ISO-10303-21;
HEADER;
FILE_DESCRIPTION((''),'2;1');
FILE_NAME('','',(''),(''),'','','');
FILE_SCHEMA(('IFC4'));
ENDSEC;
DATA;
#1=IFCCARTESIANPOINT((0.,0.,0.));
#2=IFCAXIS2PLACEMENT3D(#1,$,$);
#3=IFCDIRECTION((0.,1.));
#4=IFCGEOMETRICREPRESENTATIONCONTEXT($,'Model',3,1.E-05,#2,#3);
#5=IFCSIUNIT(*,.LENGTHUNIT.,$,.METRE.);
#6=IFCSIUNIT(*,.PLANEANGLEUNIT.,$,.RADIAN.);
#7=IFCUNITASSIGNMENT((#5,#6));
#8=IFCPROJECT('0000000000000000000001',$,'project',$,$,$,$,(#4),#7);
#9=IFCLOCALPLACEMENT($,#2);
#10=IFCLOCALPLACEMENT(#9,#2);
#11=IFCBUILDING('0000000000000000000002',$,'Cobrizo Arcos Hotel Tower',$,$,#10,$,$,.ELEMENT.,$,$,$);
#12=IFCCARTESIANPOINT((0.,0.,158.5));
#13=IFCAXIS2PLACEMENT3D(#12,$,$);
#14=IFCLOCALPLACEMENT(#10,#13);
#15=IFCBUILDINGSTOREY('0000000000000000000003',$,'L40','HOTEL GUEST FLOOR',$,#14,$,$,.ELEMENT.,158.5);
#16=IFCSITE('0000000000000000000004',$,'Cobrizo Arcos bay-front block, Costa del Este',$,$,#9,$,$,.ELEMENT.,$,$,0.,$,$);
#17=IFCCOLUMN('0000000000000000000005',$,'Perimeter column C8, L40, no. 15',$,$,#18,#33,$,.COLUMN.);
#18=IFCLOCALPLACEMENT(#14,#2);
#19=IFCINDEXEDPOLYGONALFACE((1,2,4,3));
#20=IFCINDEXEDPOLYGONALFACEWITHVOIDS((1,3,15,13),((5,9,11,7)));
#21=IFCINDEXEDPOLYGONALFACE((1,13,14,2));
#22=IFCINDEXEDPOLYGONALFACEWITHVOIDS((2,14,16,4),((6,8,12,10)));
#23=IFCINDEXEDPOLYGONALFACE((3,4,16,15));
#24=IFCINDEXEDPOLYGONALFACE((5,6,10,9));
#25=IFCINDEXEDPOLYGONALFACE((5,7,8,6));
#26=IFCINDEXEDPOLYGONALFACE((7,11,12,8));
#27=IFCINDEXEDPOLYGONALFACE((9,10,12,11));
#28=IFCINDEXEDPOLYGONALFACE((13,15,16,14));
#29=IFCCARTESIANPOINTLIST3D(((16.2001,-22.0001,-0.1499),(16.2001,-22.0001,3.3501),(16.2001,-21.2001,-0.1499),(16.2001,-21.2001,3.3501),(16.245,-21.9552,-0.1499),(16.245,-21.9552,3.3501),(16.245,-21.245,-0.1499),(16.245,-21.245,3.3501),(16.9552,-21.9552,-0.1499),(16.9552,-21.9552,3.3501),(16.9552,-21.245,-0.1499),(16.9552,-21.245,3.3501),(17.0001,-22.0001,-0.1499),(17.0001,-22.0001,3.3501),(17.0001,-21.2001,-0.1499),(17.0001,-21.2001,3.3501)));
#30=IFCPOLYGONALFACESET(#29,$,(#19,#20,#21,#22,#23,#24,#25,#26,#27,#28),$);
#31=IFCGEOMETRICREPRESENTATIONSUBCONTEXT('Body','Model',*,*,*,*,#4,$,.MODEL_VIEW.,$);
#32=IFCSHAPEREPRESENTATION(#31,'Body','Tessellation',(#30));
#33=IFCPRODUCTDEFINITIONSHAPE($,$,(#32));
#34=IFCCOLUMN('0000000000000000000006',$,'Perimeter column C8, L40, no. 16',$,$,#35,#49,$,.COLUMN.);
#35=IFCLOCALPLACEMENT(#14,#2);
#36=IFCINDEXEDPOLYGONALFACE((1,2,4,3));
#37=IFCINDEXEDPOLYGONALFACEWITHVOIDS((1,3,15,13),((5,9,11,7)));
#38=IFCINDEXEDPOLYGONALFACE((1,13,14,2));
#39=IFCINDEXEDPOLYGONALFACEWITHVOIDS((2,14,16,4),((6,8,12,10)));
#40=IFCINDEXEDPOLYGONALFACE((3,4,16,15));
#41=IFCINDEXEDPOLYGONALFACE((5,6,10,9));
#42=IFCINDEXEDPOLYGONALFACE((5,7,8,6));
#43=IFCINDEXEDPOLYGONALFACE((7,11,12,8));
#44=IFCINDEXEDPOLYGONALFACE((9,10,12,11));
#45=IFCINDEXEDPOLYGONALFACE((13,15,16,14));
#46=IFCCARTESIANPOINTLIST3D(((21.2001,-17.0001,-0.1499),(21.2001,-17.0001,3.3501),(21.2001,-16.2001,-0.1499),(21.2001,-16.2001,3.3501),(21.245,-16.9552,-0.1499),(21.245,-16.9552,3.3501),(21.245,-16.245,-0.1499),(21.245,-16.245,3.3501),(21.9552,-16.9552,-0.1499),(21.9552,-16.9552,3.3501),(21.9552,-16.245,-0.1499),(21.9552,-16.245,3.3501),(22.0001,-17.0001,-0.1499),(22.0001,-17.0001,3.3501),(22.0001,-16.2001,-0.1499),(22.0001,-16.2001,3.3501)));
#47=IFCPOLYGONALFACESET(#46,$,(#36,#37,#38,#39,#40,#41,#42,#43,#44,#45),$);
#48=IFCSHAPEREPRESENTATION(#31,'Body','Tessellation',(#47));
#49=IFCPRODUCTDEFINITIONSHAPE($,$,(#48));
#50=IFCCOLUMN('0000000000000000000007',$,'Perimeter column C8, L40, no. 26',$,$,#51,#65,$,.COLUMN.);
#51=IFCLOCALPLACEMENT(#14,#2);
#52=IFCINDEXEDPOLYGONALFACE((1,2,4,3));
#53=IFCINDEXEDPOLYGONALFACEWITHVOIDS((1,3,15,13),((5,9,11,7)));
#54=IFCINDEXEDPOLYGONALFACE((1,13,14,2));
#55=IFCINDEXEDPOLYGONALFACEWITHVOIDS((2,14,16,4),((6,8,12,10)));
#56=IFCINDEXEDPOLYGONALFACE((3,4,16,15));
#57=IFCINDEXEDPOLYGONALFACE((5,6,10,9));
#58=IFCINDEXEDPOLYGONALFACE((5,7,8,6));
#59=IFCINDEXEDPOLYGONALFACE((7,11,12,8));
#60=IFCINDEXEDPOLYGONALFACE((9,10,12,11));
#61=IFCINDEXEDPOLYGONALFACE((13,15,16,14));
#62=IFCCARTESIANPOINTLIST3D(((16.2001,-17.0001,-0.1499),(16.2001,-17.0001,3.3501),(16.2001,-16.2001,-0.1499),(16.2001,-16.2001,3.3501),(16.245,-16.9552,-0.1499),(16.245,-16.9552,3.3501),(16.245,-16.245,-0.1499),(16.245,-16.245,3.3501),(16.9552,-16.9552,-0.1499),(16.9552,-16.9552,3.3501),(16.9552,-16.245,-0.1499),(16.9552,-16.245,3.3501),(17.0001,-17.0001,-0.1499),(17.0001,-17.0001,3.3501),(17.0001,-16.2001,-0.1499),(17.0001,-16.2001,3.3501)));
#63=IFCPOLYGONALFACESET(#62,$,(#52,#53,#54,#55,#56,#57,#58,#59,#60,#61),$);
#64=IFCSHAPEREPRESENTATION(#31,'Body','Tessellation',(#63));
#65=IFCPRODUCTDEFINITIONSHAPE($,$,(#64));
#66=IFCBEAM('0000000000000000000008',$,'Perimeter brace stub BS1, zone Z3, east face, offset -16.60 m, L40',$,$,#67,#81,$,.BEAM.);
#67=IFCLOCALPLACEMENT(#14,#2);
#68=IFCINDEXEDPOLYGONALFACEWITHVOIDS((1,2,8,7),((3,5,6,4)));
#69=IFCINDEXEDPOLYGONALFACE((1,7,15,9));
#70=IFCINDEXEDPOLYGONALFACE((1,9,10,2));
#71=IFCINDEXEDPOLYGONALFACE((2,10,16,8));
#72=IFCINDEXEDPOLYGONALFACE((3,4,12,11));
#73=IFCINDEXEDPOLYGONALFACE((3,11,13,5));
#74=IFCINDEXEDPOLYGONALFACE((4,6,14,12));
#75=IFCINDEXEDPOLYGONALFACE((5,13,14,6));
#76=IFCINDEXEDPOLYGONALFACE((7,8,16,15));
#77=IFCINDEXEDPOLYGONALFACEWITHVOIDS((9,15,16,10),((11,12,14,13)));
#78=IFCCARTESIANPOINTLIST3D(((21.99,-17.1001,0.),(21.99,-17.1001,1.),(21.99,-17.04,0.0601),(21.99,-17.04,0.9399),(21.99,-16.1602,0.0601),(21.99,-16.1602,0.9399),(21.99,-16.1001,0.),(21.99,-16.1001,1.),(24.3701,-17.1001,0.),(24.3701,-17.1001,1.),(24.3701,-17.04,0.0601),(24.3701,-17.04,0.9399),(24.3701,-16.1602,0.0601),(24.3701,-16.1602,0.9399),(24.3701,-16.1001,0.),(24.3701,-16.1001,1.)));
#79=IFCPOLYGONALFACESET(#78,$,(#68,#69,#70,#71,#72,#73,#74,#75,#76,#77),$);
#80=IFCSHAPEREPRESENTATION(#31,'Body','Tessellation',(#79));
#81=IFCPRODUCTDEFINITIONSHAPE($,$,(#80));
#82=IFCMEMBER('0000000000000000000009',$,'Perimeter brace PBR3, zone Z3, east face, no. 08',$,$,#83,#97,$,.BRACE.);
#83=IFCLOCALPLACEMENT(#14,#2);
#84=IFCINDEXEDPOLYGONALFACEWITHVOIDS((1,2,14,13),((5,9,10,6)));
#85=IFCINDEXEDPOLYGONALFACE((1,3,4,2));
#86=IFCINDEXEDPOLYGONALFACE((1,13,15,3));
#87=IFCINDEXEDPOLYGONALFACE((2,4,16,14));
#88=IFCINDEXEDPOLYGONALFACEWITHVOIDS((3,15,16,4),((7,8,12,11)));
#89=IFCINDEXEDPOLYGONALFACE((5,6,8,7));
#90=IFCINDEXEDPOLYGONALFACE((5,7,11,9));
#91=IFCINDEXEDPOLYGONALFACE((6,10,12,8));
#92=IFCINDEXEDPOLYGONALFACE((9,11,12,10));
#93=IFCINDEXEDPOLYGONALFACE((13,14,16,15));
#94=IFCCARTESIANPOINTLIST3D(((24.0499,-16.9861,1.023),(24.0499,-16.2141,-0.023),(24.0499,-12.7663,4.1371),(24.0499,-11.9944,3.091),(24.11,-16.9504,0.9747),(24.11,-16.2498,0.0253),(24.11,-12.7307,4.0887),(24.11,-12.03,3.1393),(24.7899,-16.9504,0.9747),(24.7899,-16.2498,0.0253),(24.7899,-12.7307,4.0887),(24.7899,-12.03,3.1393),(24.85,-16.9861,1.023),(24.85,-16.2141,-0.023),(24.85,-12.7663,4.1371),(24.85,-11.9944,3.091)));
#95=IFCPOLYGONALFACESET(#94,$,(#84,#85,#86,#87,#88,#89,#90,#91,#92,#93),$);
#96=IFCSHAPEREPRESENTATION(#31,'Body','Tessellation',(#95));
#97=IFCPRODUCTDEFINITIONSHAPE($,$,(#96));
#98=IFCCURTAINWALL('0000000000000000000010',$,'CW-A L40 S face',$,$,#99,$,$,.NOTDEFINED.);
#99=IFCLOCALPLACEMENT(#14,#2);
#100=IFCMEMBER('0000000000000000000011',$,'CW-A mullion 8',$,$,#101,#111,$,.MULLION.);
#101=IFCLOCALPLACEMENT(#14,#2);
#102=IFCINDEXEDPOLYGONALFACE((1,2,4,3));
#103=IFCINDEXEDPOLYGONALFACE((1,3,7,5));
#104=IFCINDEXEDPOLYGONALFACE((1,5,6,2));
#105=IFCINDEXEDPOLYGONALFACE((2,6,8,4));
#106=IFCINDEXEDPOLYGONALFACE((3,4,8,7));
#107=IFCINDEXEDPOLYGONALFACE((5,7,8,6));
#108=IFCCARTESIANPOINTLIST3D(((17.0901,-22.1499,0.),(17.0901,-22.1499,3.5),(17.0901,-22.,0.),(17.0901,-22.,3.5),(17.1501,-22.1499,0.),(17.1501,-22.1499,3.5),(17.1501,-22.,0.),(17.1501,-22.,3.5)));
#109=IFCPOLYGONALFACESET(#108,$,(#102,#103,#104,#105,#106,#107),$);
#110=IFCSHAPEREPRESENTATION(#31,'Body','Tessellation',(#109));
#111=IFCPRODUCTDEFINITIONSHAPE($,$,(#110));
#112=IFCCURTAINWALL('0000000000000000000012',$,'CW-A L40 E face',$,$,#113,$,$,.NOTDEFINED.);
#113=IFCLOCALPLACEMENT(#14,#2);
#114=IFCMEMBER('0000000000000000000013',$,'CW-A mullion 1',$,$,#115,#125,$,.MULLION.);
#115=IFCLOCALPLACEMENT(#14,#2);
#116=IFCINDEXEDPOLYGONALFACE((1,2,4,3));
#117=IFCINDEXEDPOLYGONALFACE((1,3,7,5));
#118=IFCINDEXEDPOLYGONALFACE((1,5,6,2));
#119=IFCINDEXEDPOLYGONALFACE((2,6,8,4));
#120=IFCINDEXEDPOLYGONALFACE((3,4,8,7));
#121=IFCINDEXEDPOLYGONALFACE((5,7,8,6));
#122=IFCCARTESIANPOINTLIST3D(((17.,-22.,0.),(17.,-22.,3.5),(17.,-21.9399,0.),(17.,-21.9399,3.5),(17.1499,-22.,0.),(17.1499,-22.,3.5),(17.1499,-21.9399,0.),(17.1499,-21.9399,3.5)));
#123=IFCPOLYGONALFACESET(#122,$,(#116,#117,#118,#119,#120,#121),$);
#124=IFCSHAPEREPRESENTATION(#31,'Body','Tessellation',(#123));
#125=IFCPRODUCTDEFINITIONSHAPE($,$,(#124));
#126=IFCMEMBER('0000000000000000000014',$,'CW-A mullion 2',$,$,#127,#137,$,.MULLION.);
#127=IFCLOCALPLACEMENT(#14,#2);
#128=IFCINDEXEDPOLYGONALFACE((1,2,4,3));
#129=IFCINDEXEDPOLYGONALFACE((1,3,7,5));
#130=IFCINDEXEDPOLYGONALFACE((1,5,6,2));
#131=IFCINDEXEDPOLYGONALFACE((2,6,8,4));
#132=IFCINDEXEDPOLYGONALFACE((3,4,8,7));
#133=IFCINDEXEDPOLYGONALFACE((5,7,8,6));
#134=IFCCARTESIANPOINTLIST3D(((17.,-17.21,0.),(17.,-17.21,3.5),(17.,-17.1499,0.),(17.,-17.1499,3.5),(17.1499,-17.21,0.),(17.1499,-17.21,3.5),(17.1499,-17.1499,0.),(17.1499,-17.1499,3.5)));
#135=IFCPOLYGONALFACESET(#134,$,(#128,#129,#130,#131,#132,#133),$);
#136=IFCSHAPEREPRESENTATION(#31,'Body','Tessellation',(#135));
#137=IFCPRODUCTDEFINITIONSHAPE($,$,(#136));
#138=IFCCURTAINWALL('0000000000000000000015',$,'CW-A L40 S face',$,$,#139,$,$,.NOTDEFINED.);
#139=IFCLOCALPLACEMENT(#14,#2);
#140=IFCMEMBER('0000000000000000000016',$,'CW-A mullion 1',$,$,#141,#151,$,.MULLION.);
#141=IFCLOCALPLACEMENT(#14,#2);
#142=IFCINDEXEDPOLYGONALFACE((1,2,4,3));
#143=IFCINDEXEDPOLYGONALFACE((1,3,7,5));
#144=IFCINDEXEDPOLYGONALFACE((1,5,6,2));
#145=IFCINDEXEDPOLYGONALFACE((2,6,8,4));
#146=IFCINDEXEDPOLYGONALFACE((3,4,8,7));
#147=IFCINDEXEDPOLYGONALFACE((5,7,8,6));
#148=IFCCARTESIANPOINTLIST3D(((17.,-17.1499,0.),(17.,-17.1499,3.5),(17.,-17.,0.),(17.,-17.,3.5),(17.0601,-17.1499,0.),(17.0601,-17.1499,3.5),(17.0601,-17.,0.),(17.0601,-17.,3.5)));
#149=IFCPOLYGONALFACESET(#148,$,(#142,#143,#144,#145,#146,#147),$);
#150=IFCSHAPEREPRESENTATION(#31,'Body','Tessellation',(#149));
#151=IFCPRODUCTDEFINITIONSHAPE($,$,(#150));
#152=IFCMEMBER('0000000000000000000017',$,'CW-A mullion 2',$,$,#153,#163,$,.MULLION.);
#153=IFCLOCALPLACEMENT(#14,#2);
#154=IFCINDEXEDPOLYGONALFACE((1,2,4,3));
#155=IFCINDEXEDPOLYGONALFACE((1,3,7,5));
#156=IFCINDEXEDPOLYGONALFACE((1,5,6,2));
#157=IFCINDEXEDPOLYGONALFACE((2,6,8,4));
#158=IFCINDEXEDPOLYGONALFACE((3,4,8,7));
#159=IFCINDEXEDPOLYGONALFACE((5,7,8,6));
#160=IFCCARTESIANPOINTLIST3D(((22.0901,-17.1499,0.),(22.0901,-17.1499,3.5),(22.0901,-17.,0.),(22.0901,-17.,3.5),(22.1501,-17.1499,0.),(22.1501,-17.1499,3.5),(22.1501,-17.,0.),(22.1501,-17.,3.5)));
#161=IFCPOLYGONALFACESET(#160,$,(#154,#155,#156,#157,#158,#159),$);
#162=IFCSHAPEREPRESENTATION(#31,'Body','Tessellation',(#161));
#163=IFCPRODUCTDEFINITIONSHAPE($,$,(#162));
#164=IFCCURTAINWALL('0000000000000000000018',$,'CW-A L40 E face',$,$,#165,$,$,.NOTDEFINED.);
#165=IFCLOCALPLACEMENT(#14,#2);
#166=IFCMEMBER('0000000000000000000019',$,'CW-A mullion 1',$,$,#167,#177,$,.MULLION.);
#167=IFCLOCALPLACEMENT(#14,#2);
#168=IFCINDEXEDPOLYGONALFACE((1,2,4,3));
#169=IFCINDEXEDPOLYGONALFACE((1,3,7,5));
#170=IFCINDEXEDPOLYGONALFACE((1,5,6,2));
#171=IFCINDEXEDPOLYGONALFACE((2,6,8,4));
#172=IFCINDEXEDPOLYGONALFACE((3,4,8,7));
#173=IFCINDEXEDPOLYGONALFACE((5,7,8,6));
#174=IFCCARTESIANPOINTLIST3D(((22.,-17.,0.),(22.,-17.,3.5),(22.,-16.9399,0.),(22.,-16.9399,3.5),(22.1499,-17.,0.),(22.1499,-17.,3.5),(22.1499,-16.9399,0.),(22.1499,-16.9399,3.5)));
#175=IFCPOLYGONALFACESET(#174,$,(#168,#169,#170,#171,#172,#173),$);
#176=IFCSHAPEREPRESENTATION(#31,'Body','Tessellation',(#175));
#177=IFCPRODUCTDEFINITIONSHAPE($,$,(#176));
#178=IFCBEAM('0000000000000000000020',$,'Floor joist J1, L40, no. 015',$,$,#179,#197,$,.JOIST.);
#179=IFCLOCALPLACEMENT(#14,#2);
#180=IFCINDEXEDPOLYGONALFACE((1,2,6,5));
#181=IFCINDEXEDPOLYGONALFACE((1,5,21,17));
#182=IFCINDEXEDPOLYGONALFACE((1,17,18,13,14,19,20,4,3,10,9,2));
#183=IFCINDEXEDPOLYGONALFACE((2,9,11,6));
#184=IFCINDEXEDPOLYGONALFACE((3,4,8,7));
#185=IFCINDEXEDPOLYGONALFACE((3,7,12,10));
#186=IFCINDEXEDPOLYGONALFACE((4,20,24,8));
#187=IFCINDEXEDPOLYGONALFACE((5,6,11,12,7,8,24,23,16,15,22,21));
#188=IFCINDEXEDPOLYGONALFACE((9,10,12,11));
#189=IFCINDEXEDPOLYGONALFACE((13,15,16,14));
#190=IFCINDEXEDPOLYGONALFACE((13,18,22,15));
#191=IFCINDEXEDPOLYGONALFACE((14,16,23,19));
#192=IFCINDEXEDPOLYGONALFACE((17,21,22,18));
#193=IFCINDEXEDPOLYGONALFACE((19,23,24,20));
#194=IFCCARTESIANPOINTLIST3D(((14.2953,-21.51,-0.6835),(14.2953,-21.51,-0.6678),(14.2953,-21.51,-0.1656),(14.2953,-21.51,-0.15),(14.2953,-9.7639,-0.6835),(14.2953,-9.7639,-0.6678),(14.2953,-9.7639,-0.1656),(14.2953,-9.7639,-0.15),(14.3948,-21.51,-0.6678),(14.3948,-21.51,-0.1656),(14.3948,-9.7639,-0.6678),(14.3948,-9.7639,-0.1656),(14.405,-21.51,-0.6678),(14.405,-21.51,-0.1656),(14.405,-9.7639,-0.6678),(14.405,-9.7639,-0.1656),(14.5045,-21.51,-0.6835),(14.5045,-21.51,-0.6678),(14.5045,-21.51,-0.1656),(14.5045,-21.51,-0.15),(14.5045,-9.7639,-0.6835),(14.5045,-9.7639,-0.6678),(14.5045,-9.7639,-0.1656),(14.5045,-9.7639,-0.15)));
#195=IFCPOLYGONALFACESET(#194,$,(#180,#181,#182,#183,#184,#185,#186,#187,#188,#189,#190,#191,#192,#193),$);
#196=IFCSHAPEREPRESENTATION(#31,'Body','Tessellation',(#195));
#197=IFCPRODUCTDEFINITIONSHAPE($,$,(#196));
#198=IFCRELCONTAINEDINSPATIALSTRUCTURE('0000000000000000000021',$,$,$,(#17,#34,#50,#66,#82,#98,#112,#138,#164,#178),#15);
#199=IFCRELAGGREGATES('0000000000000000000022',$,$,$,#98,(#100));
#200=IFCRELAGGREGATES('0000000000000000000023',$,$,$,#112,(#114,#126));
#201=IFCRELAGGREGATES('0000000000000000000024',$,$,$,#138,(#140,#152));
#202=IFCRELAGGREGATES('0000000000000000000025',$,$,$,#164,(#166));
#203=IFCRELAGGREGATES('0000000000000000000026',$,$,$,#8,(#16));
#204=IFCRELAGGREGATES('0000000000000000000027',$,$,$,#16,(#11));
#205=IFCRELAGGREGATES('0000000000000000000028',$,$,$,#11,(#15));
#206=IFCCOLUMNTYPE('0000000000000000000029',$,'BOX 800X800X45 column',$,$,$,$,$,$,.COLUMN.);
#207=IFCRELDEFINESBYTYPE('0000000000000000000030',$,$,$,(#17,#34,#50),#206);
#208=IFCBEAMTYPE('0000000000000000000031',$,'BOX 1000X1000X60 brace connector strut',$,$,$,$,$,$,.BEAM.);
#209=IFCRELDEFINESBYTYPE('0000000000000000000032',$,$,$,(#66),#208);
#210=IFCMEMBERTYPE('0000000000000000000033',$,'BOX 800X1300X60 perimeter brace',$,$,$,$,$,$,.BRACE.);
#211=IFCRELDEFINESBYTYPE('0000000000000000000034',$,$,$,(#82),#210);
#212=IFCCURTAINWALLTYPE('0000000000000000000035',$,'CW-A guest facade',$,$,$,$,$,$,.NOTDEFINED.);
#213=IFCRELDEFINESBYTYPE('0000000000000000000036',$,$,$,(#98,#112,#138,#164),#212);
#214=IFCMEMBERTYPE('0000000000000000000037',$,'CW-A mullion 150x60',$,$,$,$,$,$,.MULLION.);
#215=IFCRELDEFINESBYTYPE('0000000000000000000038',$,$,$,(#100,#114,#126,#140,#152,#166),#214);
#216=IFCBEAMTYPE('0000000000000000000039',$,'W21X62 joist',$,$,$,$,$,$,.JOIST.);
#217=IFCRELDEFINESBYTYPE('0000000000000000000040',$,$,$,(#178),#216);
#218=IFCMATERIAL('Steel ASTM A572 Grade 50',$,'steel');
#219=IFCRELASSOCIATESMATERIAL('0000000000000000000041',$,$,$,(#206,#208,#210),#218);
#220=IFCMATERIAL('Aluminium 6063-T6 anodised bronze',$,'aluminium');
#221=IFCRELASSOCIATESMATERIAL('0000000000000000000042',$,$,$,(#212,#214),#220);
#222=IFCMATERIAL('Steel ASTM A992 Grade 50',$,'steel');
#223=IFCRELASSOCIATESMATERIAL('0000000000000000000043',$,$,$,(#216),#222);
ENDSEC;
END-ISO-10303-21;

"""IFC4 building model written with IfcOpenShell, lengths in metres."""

from ifc_helpers import new_model, si_unit, direction, frame, origin, origin_2d, place, context, subcontext, project, spatial, rectangle, hollow_rectangle, i_section, extrude, material, material_profile, profile_set, type_object, element, aggregate, save


model = new_model("IFC4")

# Units and contexts
model_context = context("Model", 3, precision=1e-05, world=origin(), true_north=direction((0.0, 1.0)))
body_context = subcontext(model_context, "Body", "Model", "MODEL_VIEW")
ifc_project = project(units=[si_unit("LENGTHUNIT", "METRE"), si_unit("PLANEANGLEUNIT", "RADIAN")], contexts=[model_context])

# Site, building, storey
site_placement = place(None, origin())
site = spatial("IfcSite", under=ifc_project, at=site_placement, Name="Cobrizo Arcos bay-front block, Costa del Este", CompositionType="ELEMENT", RefElevation=0.0)
building_placement = place(site_placement, origin())
building = spatial("IfcBuilding", under=site, at=building_placement, Name="Cobrizo Arcos Hotel Tower", CompositionType="ELEMENT")
storey_placement = place(building_placement, frame((0.0, 0.0, 158.5)))
storey = spatial("IfcBuildingStorey", under=building, at=storey_placement, Name="L40", Description="HOTEL GUEST FLOOR", CompositionType="ELEMENT", Elevation=158.5)

# Columns
ifc_material_1 = material(Name="Steel ASTM A572 Grade 50", Category="steel")
ifc_material_profile_1 = material_profile(ifc_material_1, hollow_rectangle(XDim=0.8, YDim=0.8, WallThickness=0.0449, at=origin_2d()), Name="BOX 800X800X45")
ifc_profile_set_1 = profile_set([ifc_material_profile_1], Name="Steel ASTM A572 Grade 50")
column_type = type_object("IfcColumnType", Name="BOX 800X800X45 column", PredefinedType="COLUMN", material=ifc_profile_set_1)
for number, where, z_axis, x_axis, name in (
    (1, (16.6001, -21.6001, -0.1499), (0.0, 0.0, 1.0), (1.0, 0.0, 0.0), "Perimeter column C8, L40, no. 15"),
    (2, (21.6001, -16.6001, -0.1499), (0.0, 0.0, 1.0), (1.0, 0.0, 0.0), "Perimeter column C8, L40, no. 16"),
    (3, (16.6001, -16.6001, -0.1499), (0.0, 0.0, 1.0), (1.0, 0.0, 0.0), "Perimeter column C8, L40, no. 26"),
):
    element("IfcColumn", number, at=place(storey_placement, frame(where, z_axis=z_axis, x_axis=x_axis)), inside=storey, type_object=column_type, Name=name, PredefinedType="COLUMN", context=body_context, shape_type="SweptSolid", body=[
        extrude(hollow_rectangle(XDim=0.8, YDim=0.8, WallThickness=0.0449, at=origin_2d()), origin(), (0.0, 0.0, 1.0), 3.5),
    ])

# Beam
ifc_material_profile_2 = material_profile(ifc_material_1, hollow_rectangle(XDim=1.0, YDim=1.0, WallThickness=0.0601, at=origin_2d()), Name="BOX 1000X1000X60")
ifc_profile_set_2 = profile_set([ifc_material_profile_2], Name="Steel ASTM A572 Grade 50")
beam_type_1 = type_object("IfcBeamType", Name="BOX 1000X1000X60 brace connector strut", PredefinedType="BEAM", material=ifc_profile_set_2)
beam_1_placement = place(storey_placement, frame((21.99, -16.6001, 0.5), z_axis=(1.0, 0.0, 0.0), x_axis=(0.0, 1.0, 0.0)))
element("IfcBeam", 4, at=beam_1_placement, inside=storey, type_object=beam_type_1, Name="Perimeter brace stub BS1, zone Z3, east face, offset -16.60 m, L40", PredefinedType="BEAM", context=body_context, shape_type="SweptSolid", body=[
    extrude(hollow_rectangle(XDim=1.0, YDim=1.0, WallThickness=0.0601, at=origin_2d()), origin(), (0.0, 0.0, 1.0), 2.3801),
])

# Member
ifc_material_profile_3 = material_profile(ifc_material_1, hollow_rectangle(XDim=0.8, YDim=1.3, WallThickness=0.0601, at=origin_2d()), Name="BOX 800X1300X60")
ifc_profile_set_3 = profile_set([ifc_material_profile_3], Name="Steel ASTM A572 Grade 50")
member_type_1 = type_object("IfcMemberType", Name="BOX 800X1300X60 perimeter brace", PredefinedType="BRACE", material=ifc_profile_set_3)
member_1_placement = place(storey_placement, frame((24.45, -16.6001, 0.5), z_axis=(0.0, 0.804624, 0.593785), x_axis=(-1.0, 0.0, 0.0)))
element("IfcMember", 5, at=member_1_placement, inside=storey, type_object=member_type_1, Name="Perimeter brace PBR3, zone Z3, east face, no. 08", PredefinedType="BRACE", context=body_context, shape_type="SweptSolid", body=[
    extrude(hollow_rectangle(XDim=0.8, YDim=1.3, WallThickness=0.0601, at=origin_2d()), origin(), (0.0, 0.0, 1.0), 5.2444),
])

# Curtain wall, member
ifc_material_2 = material(Name="Aluminium 6063-T6 anodised bronze", Category="aluminium")
curtain_wall_type = type_object("IfcCurtainWallType", Name="CW-A guest facade", PredefinedType="NOTDEFINED", material=ifc_material_2)
curtain_wall_1_placement = place(storey_placement, origin())
curtain_wall_1 = element("IfcCurtainWall", 6, at=curtain_wall_1_placement, inside=storey, type_object=curtain_wall_type, Name="CW-A L40 S face", PredefinedType="NOTDEFINED")
ifc_material_profile_4 = material_profile(ifc_material_2, rectangle(XDim=0.1499, YDim=0.0601, at=origin_2d()), Name="CW-A mullion 150x60")
ifc_profile_set_4 = profile_set([ifc_material_profile_4], Name="Aluminium 6063-T6 anodised bronze")
member_type_2 = type_object("IfcMemberType", Name="CW-A mullion 150x60", PredefinedType="MULLION", material=ifc_profile_set_4)
member_2_placement = place(storey_placement, frame((17.1201, -22.075, 0.0), z_axis=(0.0, 0.0, 1.0), x_axis=(0.0, -1.0, 0.0)))
member_2 = element("IfcMember", 7, at=member_2_placement, type_object=member_type_2, Name="CW-A mullion 8", PredefinedType="MULLION", context=body_context, shape_type="SweptSolid", body=[
    extrude(rectangle(XDim=0.1499, YDim=0.0601, at=origin_2d()), origin(), (0.0, 0.0, 1.0), 3.5),
])

# Curtain walls, members
curtain_wall_2_placement = place(storey_placement, origin())
curtain_wall_2 = element("IfcCurtainWall", 8, at=curtain_wall_2_placement, inside=storey, type_object=curtain_wall_type, Name="CW-A L40 E face", PredefinedType="NOTDEFINED")
member_3_placement = place(storey_placement, frame((17.075, -21.97, 0.0), z_axis=(0.0, 0.0, 1.0), x_axis=(1.0, 0.0, 0.0)))
member_3 = element("IfcMember", 9, at=member_3_placement, type_object=member_type_2, Name="CW-A mullion 1", PredefinedType="MULLION", context=body_context, shape_type="SweptSolid", body=[
    extrude(rectangle(XDim=0.1499, YDim=0.0601, at=origin_2d()), origin(), (0.0, 0.0, 1.0), 3.5),
])
member_4_placement = place(storey_placement, frame((17.075, -17.1799, 0.0), z_axis=(0.0, 0.0, 1.0), x_axis=(1.0, 0.0, 0.0)))
member_4 = element("IfcMember", 10, at=member_4_placement, type_object=member_type_2, Name="CW-A mullion 2", PredefinedType="MULLION", context=body_context, shape_type="SweptSolid", body=[
    extrude(rectangle(XDim=0.1499, YDim=0.0601, at=origin_2d()), origin(), (0.0, 0.0, 1.0), 3.5),
])
curtain_wall_3_placement = place(storey_placement, origin())
curtain_wall_3 = element("IfcCurtainWall", 11, at=curtain_wall_3_placement, inside=storey, type_object=curtain_wall_type, Name="CW-A L40 S face", PredefinedType="NOTDEFINED")
member_5_placement = place(storey_placement, frame((17.03, -17.075, 0.0), z_axis=(0.0, 0.0, 1.0), x_axis=(0.0, -1.0, 0.0)))
member_5 = element("IfcMember", 12, at=member_5_placement, type_object=member_type_2, Name="CW-A mullion 1", PredefinedType="MULLION", context=body_context, shape_type="SweptSolid", body=[
    extrude(rectangle(XDim=0.1499, YDim=0.0601, at=origin_2d()), origin(), (0.0, 0.0, 1.0), 3.5),
])
member_6_placement = place(storey_placement, frame((22.1201, -17.075, 0.0), z_axis=(0.0, 0.0, 1.0), x_axis=(0.0, -1.0, 0.0)))
member_6 = element("IfcMember", 13, at=member_6_placement, type_object=member_type_2, Name="CW-A mullion 2", PredefinedType="MULLION", context=body_context, shape_type="SweptSolid", body=[
    extrude(rectangle(XDim=0.1499, YDim=0.0601, at=origin_2d()), origin(), (0.0, 0.0, 1.0), 3.5),
])

# Curtain wall, member
curtain_wall_4_placement = place(storey_placement, origin())
curtain_wall_4 = element("IfcCurtainWall", 14, at=curtain_wall_4_placement, inside=storey, type_object=curtain_wall_type, Name="CW-A L40 E face", PredefinedType="NOTDEFINED")
member_7_placement = place(storey_placement, frame((22.075, -16.97, 0.0), z_axis=(0.0, 0.0, 1.0), x_axis=(1.0, 0.0, 0.0)))
member_7 = element("IfcMember", 15, at=member_7_placement, type_object=member_type_2, Name="CW-A mullion 1", PredefinedType="MULLION", context=body_context, shape_type="SweptSolid", body=[
    extrude(rectangle(XDim=0.1499, YDim=0.0601, at=origin_2d()), origin(), (0.0, 0.0, 1.0), 3.5),
])

# Beam
ifc_material_3 = material(Name="Steel ASTM A992 Grade 50", Category="steel")
ifc_material_profile_5 = material_profile(ifc_material_3, i_section(OverallWidth=0.2092, OverallDepth=0.5334, WebThickness=0.0103, FlangeThickness=0.0156, at=origin_2d()), Name="W21X62")
ifc_profile_set_5 = profile_set([ifc_material_profile_5], Name="Steel ASTM A992 Grade 50")
beam_type_2 = type_object("IfcBeamType", Name="W21X62 joist", PredefinedType="JOIST", material=ifc_profile_set_5)
beam_2_placement = place(storey_placement, frame((14.3999, -21.51, -0.4167), z_axis=(0.0, 1.0, 0.0), x_axis=(-1.0, 0.0, 0.0)))
element("IfcBeam", 16, at=beam_2_placement, inside=storey, type_object=beam_type_2, Name="Floor joist J1, L40, no. 015", PredefinedType="JOIST", context=body_context, shape_type="SweptSolid", body=[
    extrude(i_section(OverallWidth=0.2092, OverallDepth=0.5334, WebThickness=0.0103, FlangeThickness=0.0156, at=origin_2d()), origin(), (0.0, 0.0, 1.0), 11.7461),
])

aggregate(curtain_wall_1, [member_2])
aggregate(curtain_wall_2, [member_3, member_4])
aggregate(curtain_wall_3, [member_5, member_6])
aggregate(curtain_wall_4, [member_7])

save(model, "model.ifc")
